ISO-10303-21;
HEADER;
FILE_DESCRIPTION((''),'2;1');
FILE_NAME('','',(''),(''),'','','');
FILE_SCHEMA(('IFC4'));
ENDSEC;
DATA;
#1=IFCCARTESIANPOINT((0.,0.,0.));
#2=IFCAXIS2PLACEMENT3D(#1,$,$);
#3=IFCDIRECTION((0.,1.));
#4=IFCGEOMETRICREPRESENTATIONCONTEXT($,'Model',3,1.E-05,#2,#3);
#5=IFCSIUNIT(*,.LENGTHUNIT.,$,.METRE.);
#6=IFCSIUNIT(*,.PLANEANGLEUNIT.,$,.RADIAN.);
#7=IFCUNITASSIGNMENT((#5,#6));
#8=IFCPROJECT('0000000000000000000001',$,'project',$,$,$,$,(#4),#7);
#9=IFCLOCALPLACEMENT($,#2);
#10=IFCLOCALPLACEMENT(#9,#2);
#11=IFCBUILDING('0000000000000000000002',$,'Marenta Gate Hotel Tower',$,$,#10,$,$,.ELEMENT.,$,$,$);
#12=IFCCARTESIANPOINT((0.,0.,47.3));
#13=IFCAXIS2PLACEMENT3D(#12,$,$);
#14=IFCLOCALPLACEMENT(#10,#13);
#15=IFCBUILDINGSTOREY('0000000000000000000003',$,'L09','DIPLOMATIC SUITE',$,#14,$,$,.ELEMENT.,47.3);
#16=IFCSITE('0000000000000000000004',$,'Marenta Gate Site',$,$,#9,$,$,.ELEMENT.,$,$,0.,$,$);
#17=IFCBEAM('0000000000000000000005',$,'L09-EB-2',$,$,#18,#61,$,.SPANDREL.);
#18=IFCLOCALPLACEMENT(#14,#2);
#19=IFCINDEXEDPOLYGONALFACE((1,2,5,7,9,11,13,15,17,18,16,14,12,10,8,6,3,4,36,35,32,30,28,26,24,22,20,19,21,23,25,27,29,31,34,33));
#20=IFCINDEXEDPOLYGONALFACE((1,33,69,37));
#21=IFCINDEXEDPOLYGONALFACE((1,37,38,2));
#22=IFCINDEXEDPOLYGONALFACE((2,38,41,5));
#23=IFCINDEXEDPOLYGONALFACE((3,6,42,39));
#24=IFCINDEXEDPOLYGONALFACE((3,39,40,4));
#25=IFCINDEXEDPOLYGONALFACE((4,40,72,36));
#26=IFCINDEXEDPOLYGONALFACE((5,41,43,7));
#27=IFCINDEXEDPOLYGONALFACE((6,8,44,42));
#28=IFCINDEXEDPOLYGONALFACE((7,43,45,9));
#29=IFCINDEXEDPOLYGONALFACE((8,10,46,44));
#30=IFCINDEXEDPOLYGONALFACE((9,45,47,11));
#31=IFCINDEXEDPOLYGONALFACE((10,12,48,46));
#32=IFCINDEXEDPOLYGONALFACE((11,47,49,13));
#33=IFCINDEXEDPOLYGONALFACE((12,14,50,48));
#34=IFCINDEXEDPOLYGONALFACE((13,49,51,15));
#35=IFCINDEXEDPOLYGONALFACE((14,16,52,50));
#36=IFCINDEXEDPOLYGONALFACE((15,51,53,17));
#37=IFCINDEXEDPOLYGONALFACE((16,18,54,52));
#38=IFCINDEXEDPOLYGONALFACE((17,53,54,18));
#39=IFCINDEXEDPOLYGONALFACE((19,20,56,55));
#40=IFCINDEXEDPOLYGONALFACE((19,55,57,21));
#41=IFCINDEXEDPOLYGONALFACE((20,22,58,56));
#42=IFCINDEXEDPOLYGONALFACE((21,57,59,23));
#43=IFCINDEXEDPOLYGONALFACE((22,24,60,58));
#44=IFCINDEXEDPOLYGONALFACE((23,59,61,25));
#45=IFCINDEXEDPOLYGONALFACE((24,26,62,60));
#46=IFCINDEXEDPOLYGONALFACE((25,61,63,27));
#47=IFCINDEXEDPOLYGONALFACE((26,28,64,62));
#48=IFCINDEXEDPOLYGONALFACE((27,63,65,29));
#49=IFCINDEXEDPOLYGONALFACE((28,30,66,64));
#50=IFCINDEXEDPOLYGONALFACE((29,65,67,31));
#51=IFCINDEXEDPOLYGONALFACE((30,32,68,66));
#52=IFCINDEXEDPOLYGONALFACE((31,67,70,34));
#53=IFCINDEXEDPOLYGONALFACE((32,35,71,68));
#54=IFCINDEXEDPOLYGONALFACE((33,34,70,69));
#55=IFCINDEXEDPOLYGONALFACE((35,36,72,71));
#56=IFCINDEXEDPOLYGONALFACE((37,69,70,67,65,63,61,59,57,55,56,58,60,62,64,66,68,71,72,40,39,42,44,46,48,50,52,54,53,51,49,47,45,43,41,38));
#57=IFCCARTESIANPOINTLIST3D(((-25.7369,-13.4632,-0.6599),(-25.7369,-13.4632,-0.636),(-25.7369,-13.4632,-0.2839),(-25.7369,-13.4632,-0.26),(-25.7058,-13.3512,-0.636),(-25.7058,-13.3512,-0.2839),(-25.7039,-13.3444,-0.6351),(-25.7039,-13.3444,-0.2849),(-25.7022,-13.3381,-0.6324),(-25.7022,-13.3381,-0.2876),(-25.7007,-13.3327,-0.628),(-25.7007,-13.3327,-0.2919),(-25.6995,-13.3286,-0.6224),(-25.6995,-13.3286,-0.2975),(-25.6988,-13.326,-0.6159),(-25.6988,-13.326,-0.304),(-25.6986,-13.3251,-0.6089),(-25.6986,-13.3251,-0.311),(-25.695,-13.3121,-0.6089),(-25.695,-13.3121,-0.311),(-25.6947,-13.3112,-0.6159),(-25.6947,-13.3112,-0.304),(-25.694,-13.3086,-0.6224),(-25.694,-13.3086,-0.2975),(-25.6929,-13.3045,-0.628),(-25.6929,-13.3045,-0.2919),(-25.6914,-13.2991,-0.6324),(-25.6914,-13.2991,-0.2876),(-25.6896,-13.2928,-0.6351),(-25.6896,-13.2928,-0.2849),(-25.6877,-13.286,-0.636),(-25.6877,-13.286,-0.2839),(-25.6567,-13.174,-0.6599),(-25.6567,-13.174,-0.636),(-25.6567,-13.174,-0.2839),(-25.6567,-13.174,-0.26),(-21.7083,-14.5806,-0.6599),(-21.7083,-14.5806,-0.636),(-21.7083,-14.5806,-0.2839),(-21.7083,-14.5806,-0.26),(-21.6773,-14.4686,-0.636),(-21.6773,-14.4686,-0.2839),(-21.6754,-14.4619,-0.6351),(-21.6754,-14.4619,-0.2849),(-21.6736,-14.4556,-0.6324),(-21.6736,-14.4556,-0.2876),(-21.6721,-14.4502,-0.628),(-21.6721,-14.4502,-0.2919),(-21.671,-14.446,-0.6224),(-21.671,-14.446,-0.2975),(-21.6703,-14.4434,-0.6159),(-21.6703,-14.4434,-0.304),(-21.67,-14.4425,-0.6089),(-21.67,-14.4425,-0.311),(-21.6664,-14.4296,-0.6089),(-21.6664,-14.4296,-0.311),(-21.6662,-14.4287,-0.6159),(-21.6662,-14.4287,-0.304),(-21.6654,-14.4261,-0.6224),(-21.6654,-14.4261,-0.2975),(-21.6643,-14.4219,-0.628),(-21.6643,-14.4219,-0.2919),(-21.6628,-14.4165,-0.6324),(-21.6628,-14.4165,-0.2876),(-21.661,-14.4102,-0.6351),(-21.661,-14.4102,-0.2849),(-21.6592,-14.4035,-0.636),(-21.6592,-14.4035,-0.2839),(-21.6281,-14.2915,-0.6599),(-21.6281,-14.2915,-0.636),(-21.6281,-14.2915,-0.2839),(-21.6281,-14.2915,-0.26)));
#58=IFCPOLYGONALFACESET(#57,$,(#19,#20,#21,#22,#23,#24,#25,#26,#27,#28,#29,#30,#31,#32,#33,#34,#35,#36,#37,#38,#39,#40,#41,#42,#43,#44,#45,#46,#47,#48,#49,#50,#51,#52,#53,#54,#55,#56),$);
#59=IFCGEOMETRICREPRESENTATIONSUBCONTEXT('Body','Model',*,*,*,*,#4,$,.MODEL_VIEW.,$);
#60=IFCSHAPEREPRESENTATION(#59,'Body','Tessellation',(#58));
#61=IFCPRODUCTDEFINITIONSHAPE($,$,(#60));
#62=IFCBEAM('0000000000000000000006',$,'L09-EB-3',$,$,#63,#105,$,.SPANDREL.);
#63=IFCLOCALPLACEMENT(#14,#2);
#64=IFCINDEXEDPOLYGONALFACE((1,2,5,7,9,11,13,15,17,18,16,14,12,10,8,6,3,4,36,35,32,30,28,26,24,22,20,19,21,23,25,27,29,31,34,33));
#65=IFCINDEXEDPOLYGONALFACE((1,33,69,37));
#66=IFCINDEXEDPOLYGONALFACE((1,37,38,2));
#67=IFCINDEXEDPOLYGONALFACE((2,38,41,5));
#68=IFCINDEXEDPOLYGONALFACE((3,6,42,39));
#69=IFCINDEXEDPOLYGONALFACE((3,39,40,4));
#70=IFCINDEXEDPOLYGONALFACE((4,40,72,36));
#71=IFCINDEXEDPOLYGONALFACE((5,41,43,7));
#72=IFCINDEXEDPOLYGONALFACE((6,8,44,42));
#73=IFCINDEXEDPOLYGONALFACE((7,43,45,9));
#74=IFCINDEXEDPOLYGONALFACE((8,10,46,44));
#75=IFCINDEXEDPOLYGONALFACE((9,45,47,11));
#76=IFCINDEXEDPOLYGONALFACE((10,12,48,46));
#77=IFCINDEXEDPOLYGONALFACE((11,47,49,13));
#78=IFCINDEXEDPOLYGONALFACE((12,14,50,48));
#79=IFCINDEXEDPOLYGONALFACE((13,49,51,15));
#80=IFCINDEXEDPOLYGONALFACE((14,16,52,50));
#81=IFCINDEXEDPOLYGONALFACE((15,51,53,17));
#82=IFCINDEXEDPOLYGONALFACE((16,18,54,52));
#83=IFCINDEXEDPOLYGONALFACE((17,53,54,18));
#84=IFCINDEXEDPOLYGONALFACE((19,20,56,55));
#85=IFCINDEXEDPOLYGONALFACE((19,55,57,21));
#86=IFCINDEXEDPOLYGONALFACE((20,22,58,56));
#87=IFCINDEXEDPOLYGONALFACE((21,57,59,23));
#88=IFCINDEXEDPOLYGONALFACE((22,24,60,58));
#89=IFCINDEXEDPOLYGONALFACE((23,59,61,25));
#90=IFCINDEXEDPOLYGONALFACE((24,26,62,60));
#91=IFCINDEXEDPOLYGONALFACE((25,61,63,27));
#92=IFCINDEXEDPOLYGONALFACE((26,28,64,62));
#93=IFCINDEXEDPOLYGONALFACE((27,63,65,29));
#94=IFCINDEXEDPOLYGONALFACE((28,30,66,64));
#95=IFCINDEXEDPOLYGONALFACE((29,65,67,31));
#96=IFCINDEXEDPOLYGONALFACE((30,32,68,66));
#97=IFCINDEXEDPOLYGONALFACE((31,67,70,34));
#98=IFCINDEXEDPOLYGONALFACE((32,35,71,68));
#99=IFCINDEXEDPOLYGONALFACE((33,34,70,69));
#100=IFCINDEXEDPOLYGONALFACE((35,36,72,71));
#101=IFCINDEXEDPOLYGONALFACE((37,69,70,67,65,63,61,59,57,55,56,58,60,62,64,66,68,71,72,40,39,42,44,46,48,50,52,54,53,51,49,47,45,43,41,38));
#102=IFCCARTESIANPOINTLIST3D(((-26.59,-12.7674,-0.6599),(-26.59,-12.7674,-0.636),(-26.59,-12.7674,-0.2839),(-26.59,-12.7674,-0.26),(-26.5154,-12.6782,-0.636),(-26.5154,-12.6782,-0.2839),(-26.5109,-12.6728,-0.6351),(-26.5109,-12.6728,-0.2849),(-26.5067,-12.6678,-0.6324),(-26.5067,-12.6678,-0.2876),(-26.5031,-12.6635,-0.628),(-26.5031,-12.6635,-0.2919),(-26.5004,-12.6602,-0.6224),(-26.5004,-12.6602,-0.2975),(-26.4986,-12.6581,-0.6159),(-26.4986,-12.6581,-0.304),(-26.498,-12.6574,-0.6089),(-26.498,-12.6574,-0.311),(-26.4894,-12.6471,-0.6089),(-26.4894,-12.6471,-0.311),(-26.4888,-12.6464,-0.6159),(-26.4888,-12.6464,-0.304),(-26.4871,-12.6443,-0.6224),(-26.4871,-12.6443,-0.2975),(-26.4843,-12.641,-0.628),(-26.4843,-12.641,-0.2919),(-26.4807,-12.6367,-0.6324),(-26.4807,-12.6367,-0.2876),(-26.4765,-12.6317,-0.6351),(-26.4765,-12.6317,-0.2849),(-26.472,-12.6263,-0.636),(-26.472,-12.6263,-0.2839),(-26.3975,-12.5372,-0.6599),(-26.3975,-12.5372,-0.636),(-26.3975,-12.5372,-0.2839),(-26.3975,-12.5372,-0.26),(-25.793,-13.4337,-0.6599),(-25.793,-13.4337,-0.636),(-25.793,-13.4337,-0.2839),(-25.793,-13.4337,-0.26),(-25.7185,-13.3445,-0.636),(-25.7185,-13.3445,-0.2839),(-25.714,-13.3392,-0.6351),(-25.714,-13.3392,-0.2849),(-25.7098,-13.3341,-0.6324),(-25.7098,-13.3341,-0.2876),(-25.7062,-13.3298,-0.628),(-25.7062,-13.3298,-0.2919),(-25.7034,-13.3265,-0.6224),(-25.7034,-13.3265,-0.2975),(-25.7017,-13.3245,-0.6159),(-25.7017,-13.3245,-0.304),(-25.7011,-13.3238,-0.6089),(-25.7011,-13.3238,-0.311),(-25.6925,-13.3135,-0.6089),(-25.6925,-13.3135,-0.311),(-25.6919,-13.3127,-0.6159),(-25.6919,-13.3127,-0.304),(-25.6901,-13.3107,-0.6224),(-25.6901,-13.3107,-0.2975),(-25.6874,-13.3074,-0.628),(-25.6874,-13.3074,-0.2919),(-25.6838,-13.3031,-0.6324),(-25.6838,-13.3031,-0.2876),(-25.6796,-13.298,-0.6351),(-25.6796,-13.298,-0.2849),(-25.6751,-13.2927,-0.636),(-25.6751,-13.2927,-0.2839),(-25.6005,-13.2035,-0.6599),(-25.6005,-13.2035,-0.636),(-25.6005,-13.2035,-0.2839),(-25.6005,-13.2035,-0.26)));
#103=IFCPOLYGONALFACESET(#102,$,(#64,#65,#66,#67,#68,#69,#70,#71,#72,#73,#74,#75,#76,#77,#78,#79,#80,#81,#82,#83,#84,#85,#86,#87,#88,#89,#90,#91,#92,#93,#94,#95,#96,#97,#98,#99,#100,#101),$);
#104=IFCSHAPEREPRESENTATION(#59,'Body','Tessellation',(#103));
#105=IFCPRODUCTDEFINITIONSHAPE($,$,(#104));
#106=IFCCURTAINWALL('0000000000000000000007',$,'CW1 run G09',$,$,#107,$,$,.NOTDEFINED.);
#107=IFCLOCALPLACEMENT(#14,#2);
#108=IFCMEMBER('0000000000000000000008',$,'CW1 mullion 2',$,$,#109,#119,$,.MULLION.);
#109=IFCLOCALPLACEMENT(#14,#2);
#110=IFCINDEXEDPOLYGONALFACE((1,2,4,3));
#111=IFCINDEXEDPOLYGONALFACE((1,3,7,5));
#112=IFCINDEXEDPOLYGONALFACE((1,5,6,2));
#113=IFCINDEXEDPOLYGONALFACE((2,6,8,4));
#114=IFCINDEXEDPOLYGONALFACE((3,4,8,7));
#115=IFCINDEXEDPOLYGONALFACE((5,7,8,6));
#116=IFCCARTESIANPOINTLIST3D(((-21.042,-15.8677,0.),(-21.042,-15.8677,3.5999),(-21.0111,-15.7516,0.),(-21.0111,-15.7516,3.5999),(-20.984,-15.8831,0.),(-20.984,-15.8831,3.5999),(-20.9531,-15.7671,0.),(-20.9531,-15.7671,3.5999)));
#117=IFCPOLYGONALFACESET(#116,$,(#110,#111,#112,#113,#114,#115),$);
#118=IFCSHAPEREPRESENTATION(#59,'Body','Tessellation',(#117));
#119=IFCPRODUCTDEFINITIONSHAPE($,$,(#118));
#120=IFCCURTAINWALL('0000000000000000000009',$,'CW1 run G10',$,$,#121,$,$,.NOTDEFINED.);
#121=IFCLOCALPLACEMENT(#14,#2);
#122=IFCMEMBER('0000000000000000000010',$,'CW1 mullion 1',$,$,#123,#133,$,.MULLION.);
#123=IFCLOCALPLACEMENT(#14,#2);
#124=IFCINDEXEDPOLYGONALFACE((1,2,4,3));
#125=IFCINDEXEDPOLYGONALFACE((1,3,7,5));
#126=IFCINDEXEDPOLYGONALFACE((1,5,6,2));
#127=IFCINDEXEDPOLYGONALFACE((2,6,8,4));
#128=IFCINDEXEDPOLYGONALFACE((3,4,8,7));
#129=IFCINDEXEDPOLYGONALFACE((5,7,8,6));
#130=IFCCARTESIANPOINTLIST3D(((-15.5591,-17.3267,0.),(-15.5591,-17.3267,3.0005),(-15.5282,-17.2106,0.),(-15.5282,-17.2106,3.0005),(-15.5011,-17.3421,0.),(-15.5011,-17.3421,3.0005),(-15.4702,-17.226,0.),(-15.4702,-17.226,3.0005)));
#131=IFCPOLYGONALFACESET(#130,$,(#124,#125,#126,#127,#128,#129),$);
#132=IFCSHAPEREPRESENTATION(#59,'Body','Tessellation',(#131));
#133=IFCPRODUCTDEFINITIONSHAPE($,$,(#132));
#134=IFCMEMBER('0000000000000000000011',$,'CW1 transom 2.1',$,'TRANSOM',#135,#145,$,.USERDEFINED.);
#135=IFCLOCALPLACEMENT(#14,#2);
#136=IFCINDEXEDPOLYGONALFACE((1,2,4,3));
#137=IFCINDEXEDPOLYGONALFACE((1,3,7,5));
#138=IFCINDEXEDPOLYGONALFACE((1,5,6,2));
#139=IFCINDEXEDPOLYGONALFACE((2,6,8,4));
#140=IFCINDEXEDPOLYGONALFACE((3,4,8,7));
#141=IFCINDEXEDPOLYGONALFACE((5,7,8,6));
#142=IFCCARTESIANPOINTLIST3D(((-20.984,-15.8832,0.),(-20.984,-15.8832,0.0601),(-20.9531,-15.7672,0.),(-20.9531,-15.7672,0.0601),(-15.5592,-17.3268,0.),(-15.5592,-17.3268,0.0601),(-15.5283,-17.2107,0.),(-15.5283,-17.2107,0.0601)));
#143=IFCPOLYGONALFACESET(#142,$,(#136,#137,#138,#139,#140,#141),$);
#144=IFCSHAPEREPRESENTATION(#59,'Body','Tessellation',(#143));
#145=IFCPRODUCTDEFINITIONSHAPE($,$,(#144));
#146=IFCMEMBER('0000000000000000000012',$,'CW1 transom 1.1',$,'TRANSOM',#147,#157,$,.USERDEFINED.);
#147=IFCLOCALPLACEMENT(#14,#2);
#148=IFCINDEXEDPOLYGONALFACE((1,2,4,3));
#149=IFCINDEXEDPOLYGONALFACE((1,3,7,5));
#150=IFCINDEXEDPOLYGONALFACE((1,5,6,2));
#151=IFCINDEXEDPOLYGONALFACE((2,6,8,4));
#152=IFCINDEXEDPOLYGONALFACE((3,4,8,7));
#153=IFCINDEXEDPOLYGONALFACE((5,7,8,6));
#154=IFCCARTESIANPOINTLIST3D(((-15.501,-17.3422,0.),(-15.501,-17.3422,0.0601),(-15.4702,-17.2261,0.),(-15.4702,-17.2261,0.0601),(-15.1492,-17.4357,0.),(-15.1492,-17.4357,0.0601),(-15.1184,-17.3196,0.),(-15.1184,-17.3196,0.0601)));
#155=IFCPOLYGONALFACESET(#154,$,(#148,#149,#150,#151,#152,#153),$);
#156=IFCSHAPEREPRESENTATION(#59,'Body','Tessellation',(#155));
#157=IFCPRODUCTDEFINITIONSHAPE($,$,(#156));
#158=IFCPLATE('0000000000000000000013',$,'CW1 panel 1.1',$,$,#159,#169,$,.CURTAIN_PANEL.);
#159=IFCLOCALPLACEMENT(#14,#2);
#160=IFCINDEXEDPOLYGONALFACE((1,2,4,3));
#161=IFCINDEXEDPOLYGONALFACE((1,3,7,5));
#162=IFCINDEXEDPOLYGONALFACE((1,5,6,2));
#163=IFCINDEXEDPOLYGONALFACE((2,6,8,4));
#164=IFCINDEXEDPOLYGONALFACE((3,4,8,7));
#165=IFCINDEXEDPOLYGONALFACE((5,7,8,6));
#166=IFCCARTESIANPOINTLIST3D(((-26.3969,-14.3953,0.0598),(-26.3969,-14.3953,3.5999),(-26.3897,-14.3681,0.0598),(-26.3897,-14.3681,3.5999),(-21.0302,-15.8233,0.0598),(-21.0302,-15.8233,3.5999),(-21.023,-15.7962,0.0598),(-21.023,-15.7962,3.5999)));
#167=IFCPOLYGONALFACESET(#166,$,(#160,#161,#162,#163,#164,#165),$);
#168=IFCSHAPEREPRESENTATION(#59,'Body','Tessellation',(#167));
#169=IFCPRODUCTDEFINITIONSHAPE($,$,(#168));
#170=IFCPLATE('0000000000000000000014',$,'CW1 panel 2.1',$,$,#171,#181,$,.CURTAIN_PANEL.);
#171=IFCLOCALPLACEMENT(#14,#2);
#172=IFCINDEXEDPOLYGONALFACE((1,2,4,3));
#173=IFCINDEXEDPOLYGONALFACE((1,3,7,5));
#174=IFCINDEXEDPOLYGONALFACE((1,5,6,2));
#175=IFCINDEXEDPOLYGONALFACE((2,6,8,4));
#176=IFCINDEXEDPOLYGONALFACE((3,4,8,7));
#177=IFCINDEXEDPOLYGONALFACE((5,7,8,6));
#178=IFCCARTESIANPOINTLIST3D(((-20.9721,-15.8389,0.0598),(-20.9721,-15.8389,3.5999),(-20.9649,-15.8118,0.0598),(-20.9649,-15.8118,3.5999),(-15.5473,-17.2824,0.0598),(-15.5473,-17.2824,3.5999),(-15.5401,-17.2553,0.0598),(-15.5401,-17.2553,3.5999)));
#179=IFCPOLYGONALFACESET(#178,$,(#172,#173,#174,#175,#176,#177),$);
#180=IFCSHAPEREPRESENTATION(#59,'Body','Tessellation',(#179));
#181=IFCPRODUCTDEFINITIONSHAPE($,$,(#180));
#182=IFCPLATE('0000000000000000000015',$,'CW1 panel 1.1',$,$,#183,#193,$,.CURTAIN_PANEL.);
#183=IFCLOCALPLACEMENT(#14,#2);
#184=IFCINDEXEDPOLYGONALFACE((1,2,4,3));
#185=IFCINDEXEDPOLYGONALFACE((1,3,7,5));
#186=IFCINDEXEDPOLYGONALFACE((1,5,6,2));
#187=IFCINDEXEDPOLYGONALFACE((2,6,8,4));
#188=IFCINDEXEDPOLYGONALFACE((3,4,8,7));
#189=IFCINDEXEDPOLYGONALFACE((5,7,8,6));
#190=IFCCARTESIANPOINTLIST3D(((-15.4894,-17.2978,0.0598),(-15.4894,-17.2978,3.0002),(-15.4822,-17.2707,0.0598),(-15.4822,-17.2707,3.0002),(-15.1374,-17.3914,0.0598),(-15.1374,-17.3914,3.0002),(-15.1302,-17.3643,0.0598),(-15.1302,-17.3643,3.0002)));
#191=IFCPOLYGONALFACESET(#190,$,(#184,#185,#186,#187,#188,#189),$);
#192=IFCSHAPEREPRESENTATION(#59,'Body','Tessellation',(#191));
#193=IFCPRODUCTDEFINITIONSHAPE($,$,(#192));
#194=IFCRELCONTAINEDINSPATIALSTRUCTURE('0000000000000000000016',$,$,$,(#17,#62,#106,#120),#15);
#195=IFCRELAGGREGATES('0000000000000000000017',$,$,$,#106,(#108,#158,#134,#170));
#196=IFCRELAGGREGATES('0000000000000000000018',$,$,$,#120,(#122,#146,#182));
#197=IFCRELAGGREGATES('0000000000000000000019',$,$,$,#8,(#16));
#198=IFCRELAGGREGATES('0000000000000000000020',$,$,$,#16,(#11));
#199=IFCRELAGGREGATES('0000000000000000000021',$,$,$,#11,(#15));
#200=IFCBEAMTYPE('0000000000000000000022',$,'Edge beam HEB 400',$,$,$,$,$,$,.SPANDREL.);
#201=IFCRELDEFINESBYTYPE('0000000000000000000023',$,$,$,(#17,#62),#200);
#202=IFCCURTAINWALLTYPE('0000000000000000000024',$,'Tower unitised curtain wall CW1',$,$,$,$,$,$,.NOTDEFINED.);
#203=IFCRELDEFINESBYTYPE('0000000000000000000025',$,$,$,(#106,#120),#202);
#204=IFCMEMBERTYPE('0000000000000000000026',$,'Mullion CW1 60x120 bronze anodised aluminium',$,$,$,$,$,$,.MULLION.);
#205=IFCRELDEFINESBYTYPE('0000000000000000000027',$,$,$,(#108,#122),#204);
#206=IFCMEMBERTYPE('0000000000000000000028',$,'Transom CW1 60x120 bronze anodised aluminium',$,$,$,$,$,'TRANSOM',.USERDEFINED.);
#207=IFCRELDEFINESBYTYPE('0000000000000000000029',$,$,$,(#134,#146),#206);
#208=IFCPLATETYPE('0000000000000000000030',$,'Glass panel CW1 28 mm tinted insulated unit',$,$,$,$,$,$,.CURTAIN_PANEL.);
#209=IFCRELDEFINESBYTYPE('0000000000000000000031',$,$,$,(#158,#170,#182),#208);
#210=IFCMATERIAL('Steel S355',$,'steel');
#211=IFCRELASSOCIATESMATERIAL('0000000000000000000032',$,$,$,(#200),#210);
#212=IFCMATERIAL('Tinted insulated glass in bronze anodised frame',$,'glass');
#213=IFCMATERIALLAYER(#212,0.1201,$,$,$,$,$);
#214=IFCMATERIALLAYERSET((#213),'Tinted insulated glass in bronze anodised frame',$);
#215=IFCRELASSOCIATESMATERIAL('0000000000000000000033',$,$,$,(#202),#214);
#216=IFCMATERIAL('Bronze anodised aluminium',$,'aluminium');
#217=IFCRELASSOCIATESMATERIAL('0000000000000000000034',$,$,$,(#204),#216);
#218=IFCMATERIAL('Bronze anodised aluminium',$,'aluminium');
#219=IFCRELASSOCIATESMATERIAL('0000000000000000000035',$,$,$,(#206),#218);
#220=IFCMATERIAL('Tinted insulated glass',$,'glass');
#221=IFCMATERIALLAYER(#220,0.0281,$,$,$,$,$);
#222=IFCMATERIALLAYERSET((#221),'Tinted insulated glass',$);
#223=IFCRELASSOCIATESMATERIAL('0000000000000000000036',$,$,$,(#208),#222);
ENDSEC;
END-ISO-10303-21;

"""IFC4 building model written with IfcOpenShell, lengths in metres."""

from ifc_helpers import new_model, si_unit, direction, frame, origin, origin_2d, place, context, subcontext, project, spatial, rectangle, i_section, extrude, material, layer, layer_set, material_profile, profile_set, type_object, element, aggregate, save


model = new_model("IFC4")

# Units and contexts
model_context = context("Model", 3, precision=1e-05, world=origin(), true_north=direction((0.0, 1.0)))
body_context = subcontext(model_context, "Body", "Model", "MODEL_VIEW")
ifc_project = project(units=[si_unit("LENGTHUNIT", "METRE"), si_unit("PLANEANGLEUNIT", "RADIAN")], contexts=[model_context])

# Site, building, storey
site_placement = place(None, origin())
site = spatial("IfcSite", under=ifc_project, at=site_placement, Name="Marenta Gate Site", CompositionType="ELEMENT", RefElevation=0.0)
building_placement = place(site_placement, origin())
building = spatial("IfcBuilding", under=site, at=building_placement, Name="Marenta Gate Hotel Tower", CompositionType="ELEMENT")
storey_placement = place(building_placement, frame((0.0, 0.0, 47.3)))
storey = spatial("IfcBuildingStorey", under=building, at=storey_placement, Name="L09", Description="DIPLOMATIC SUITE", CompositionType="ELEMENT", Elevation=47.3)

# Beams
ifc_material_1 = material(Name="Steel S355", Category="steel")
ifc_material_profile_1 = material_profile(ifc_material_1, i_section(OverallWidth=0.3, OverallDepth=0.3999, WebThickness=0.0134, FlangeThickness=0.0239, FilletRadius=0.0271, at=origin_2d()), Name="HEB 400")
ifc_profile_set_1 = profile_set([ifc_material_profile_1], Name="Steel S355")
beam_type = type_object("IfcBeamType", Name="Edge beam HEB 400", PredefinedType="SPANDREL", material=ifc_profile_set_1)
beam_1_placement = place(storey_placement, frame((-21.6682, -14.436, -0.46), z_axis=(-0.963617, 0.267285, 0.0), x_axis=(-0.267285, -0.963617, 0.0)))
element("IfcBeam", 1, at=beam_1_placement, inside=storey, type_object=beam_type, Name="L09-EB-2", PredefinedType="SPANDREL", context=body_context, shape_type="SweptSolid", body=[
    extrude(i_section(OverallWidth=0.3, OverallDepth=0.3999, WebThickness=0.0134, FlangeThickness=0.0239, FilletRadius=0.0271, at=origin_2d()), origin(), (0.0, 0.0, 1.0), 4.1807),
])
beam_2_placement = place(storey_placement, frame((-25.6968, -13.3186, -0.46), z_axis=(-0.76718, 0.641432, 0.0), x_axis=(-0.641432, -0.76718, 0.0)))
element("IfcBeam", 2, at=beam_2_placement, inside=storey, type_object=beam_type, Name="L09-EB-3", PredefinedType="SPANDREL", context=body_context, shape_type="SweptSolid", body=[
    extrude(i_section(OverallWidth=0.3, OverallDepth=0.3999, WebThickness=0.0134, FlangeThickness=0.0239, FilletRadius=0.0271, at=origin_2d()), origin(), (0.0, 0.0, 1.0), 1.0388),
])

# Curtain walls, members
ifc_material_2 = material(Name="Tinted insulated glass in bronze anodised frame", Category="glass")
ifc_layer_1 = layer(ifc_material_2, 0.1201)
ifc_layer_set_1 = layer_set([ifc_layer_1], Name="Tinted insulated glass in bronze anodised frame")
curtain_wall_type = type_object("IfcCurtainWallType", Name="Tower unitised curtain wall CW1", PredefinedType="NOTDEFINED", material=ifc_layer_set_1)
curtain_wall_1_placement = place(storey_placement, origin())
curtain_wall_1 = element("IfcCurtainWall", 3, at=curtain_wall_1_placement, inside=storey, type_object=curtain_wall_type, Name="CW1 run G09", PredefinedType="NOTDEFINED")
ifc_material_3 = material(Name="Bronze anodised aluminium", Category="aluminium")
ifc_material_profile_2 = material_profile(ifc_material_3, rectangle(XDim=0.1201, YDim=0.0601, at=origin_2d()), Name="Mullion CW1 60x120 bronze anodised aluminium")
ifc_profile_set_2 = profile_set([ifc_material_profile_2], Name="Bronze anodised aluminium")
member_type_1 = type_object("IfcMemberType", Name="Mullion CW1 60x120 bronze anodised aluminium", PredefinedType="MULLION", material=ifc_profile_set_2)
member_1_placement = place(storey_placement, frame((-20.9976, -15.8174, 0.0), z_axis=(0.0, 0.0, 1.0), x_axis=(0.257142, 0.966374, 0.0)))
member_1 = element("IfcMember", 4, at=member_1_placement, type_object=member_type_1, Name="CW1 mullion 2", PredefinedType="MULLION", context=body_context, shape_type="SweptSolid", body=[
    extrude(rectangle(XDim=0.1201, YDim=0.0601, at=origin_2d()), origin(), (0.0, 0.0, 1.0), 3.5999),
])
curtain_wall_2_placement = place(storey_placement, origin())
curtain_wall_2 = element("IfcCurtainWall", 5, at=curtain_wall_2_placement, inside=storey, type_object=curtain_wall_type, Name="CW1 run G10", PredefinedType="NOTDEFINED")
member_2_placement = place(storey_placement, frame((-15.5146, -17.2764, 0.0), z_axis=(0.0, 0.0, 1.0), x_axis=(0.257084, 0.966389, 0.0)))
member_2 = element("IfcMember", 6, at=member_2_placement, type_object=member_type_1, Name="CW1 mullion 1", PredefinedType="MULLION", context=body_context, shape_type="SweptSolid", body=[
    extrude(rectangle(XDim=0.1201, YDim=0.0601, at=origin_2d()), origin(), (0.0, 0.0, 1.0), 3.0005),
])

# Members
ifc_material_4 = material(Name="Bronze anodised aluminium", Category="aluminium")
ifc_material_profile_3 = material_profile(ifc_material_4, rectangle(XDim=0.1201, YDim=0.0601, at=origin_2d()), Name="Transom CW1 60x120 bronze anodised aluminium")
ifc_profile_set_3 = profile_set([ifc_material_profile_3], Name="Bronze anodised aluminium")
member_type_2 = type_object("IfcMemberType", Name="Transom CW1 60x120 bronze anodised aluminium", ElementType="TRANSOM", PredefinedType="USERDEFINED", material=ifc_profile_set_3)
member_3_placement = place(storey_placement, frame((-20.9685, -15.8252, 0.03), z_axis=(0.966368, -0.257162, 0.0), x_axis=(0.257162, 0.966368, 0.0)))
member_3 = element("IfcMember", 7, at=member_3_placement, type_object=member_type_2, Name="CW1 transom 2.1", ObjectType="TRANSOM", PredefinedType="USERDEFINED", context=body_context, shape_type="SweptSolid", body=[
    extrude(rectangle(XDim=0.1201, YDim=0.0601, at=origin_2d()), origin(), (0.0, 0.0, 1.0), 5.6135),
])
member_4_placement = place(storey_placement, frame((-15.4856, -17.2842, 0.03), z_axis=(0.966446, -0.256869, 0.0), x_axis=(0.256869, 0.966446, 0.0)))
member_4 = element("IfcMember", 8, at=member_4_placement, type_object=member_type_2, Name="CW1 transom 1.1", ObjectType="TRANSOM", PredefinedType="USERDEFINED", context=body_context, shape_type="SweptSolid", body=[
    extrude(rectangle(XDim=0.1201, YDim=0.0601, at=origin_2d()), origin(), (0.0, 0.0, 1.0), 0.364),
])

# Plates
ifc_material_5 = material(Name="Tinted insulated glass", Category="glass")
ifc_layer_2 = layer(ifc_material_5, 0.0281)
ifc_layer_set_2 = layer_set([ifc_layer_2], Name="Tinted insulated glass")
plate_type = type_object("IfcPlateType", Name="Glass panel CW1 28 mm tinted insulated unit", PredefinedType="CURTAIN_PANEL", material=ifc_layer_set_2)
plate_1_placement = place(storey_placement, frame((-23.71, -15.0957, 0.0598), z_axis=(0.0, 0.0, 1.0), x_axis=(0.966374, -0.257142, 0.0)))
plate_1 = element("IfcPlate", 9, at=plate_1_placement, type_object=plate_type, Name="CW1 panel 1.1", PredefinedType="CURTAIN_PANEL", context=body_context, shape_type="SweptSolid", body=[
    extrude(rectangle(XDim=5.5535, YDim=0.0281, at=origin_2d()), origin(), (0.0, 0.0, 1.0), 3.54),
])
plate_2_placement = place(storey_placement, frame((-18.2561, -16.5471, 0.0598), z_axis=(0.0, 0.0, 1.0), x_axis=(0.966374, -0.257142, 0.0)))
plate_2 = element("IfcPlate", 10, at=plate_2_placement, type_object=plate_type, Name="CW1 panel 2.1", PredefinedType="CURTAIN_PANEL", context=body_context, shape_type="SweptSolid", body=[
    extrude(rectangle(XDim=5.6135, YDim=0.0281, at=origin_2d()), origin(), (0.0, 0.0, 1.0), 3.54),
])
aggregate(curtain_wall_1, [member_1, plate_1, member_3, plate_2])
plate_3_placement = place(storey_placement, frame((-15.3098, -17.3311, 0.0598), z_axis=(0.0, 0.0, 1.0), x_axis=(0.966389, -0.257084, 0.0)))
plate_3 = element("IfcPlate", 11, at=plate_3_placement, type_object=plate_type, Name="CW1 panel 1.1", PredefinedType="CURTAIN_PANEL", context=body_context, shape_type="SweptSolid", body=[
    extrude(rectangle(XDim=0.3643, YDim=0.0281, at=origin_2d()), origin(), (0.0, 0.0, 1.0), 2.9404),
])
aggregate(curtain_wall_2, [member_2, member_4, plate_3])

save(model, "model.ifc")
